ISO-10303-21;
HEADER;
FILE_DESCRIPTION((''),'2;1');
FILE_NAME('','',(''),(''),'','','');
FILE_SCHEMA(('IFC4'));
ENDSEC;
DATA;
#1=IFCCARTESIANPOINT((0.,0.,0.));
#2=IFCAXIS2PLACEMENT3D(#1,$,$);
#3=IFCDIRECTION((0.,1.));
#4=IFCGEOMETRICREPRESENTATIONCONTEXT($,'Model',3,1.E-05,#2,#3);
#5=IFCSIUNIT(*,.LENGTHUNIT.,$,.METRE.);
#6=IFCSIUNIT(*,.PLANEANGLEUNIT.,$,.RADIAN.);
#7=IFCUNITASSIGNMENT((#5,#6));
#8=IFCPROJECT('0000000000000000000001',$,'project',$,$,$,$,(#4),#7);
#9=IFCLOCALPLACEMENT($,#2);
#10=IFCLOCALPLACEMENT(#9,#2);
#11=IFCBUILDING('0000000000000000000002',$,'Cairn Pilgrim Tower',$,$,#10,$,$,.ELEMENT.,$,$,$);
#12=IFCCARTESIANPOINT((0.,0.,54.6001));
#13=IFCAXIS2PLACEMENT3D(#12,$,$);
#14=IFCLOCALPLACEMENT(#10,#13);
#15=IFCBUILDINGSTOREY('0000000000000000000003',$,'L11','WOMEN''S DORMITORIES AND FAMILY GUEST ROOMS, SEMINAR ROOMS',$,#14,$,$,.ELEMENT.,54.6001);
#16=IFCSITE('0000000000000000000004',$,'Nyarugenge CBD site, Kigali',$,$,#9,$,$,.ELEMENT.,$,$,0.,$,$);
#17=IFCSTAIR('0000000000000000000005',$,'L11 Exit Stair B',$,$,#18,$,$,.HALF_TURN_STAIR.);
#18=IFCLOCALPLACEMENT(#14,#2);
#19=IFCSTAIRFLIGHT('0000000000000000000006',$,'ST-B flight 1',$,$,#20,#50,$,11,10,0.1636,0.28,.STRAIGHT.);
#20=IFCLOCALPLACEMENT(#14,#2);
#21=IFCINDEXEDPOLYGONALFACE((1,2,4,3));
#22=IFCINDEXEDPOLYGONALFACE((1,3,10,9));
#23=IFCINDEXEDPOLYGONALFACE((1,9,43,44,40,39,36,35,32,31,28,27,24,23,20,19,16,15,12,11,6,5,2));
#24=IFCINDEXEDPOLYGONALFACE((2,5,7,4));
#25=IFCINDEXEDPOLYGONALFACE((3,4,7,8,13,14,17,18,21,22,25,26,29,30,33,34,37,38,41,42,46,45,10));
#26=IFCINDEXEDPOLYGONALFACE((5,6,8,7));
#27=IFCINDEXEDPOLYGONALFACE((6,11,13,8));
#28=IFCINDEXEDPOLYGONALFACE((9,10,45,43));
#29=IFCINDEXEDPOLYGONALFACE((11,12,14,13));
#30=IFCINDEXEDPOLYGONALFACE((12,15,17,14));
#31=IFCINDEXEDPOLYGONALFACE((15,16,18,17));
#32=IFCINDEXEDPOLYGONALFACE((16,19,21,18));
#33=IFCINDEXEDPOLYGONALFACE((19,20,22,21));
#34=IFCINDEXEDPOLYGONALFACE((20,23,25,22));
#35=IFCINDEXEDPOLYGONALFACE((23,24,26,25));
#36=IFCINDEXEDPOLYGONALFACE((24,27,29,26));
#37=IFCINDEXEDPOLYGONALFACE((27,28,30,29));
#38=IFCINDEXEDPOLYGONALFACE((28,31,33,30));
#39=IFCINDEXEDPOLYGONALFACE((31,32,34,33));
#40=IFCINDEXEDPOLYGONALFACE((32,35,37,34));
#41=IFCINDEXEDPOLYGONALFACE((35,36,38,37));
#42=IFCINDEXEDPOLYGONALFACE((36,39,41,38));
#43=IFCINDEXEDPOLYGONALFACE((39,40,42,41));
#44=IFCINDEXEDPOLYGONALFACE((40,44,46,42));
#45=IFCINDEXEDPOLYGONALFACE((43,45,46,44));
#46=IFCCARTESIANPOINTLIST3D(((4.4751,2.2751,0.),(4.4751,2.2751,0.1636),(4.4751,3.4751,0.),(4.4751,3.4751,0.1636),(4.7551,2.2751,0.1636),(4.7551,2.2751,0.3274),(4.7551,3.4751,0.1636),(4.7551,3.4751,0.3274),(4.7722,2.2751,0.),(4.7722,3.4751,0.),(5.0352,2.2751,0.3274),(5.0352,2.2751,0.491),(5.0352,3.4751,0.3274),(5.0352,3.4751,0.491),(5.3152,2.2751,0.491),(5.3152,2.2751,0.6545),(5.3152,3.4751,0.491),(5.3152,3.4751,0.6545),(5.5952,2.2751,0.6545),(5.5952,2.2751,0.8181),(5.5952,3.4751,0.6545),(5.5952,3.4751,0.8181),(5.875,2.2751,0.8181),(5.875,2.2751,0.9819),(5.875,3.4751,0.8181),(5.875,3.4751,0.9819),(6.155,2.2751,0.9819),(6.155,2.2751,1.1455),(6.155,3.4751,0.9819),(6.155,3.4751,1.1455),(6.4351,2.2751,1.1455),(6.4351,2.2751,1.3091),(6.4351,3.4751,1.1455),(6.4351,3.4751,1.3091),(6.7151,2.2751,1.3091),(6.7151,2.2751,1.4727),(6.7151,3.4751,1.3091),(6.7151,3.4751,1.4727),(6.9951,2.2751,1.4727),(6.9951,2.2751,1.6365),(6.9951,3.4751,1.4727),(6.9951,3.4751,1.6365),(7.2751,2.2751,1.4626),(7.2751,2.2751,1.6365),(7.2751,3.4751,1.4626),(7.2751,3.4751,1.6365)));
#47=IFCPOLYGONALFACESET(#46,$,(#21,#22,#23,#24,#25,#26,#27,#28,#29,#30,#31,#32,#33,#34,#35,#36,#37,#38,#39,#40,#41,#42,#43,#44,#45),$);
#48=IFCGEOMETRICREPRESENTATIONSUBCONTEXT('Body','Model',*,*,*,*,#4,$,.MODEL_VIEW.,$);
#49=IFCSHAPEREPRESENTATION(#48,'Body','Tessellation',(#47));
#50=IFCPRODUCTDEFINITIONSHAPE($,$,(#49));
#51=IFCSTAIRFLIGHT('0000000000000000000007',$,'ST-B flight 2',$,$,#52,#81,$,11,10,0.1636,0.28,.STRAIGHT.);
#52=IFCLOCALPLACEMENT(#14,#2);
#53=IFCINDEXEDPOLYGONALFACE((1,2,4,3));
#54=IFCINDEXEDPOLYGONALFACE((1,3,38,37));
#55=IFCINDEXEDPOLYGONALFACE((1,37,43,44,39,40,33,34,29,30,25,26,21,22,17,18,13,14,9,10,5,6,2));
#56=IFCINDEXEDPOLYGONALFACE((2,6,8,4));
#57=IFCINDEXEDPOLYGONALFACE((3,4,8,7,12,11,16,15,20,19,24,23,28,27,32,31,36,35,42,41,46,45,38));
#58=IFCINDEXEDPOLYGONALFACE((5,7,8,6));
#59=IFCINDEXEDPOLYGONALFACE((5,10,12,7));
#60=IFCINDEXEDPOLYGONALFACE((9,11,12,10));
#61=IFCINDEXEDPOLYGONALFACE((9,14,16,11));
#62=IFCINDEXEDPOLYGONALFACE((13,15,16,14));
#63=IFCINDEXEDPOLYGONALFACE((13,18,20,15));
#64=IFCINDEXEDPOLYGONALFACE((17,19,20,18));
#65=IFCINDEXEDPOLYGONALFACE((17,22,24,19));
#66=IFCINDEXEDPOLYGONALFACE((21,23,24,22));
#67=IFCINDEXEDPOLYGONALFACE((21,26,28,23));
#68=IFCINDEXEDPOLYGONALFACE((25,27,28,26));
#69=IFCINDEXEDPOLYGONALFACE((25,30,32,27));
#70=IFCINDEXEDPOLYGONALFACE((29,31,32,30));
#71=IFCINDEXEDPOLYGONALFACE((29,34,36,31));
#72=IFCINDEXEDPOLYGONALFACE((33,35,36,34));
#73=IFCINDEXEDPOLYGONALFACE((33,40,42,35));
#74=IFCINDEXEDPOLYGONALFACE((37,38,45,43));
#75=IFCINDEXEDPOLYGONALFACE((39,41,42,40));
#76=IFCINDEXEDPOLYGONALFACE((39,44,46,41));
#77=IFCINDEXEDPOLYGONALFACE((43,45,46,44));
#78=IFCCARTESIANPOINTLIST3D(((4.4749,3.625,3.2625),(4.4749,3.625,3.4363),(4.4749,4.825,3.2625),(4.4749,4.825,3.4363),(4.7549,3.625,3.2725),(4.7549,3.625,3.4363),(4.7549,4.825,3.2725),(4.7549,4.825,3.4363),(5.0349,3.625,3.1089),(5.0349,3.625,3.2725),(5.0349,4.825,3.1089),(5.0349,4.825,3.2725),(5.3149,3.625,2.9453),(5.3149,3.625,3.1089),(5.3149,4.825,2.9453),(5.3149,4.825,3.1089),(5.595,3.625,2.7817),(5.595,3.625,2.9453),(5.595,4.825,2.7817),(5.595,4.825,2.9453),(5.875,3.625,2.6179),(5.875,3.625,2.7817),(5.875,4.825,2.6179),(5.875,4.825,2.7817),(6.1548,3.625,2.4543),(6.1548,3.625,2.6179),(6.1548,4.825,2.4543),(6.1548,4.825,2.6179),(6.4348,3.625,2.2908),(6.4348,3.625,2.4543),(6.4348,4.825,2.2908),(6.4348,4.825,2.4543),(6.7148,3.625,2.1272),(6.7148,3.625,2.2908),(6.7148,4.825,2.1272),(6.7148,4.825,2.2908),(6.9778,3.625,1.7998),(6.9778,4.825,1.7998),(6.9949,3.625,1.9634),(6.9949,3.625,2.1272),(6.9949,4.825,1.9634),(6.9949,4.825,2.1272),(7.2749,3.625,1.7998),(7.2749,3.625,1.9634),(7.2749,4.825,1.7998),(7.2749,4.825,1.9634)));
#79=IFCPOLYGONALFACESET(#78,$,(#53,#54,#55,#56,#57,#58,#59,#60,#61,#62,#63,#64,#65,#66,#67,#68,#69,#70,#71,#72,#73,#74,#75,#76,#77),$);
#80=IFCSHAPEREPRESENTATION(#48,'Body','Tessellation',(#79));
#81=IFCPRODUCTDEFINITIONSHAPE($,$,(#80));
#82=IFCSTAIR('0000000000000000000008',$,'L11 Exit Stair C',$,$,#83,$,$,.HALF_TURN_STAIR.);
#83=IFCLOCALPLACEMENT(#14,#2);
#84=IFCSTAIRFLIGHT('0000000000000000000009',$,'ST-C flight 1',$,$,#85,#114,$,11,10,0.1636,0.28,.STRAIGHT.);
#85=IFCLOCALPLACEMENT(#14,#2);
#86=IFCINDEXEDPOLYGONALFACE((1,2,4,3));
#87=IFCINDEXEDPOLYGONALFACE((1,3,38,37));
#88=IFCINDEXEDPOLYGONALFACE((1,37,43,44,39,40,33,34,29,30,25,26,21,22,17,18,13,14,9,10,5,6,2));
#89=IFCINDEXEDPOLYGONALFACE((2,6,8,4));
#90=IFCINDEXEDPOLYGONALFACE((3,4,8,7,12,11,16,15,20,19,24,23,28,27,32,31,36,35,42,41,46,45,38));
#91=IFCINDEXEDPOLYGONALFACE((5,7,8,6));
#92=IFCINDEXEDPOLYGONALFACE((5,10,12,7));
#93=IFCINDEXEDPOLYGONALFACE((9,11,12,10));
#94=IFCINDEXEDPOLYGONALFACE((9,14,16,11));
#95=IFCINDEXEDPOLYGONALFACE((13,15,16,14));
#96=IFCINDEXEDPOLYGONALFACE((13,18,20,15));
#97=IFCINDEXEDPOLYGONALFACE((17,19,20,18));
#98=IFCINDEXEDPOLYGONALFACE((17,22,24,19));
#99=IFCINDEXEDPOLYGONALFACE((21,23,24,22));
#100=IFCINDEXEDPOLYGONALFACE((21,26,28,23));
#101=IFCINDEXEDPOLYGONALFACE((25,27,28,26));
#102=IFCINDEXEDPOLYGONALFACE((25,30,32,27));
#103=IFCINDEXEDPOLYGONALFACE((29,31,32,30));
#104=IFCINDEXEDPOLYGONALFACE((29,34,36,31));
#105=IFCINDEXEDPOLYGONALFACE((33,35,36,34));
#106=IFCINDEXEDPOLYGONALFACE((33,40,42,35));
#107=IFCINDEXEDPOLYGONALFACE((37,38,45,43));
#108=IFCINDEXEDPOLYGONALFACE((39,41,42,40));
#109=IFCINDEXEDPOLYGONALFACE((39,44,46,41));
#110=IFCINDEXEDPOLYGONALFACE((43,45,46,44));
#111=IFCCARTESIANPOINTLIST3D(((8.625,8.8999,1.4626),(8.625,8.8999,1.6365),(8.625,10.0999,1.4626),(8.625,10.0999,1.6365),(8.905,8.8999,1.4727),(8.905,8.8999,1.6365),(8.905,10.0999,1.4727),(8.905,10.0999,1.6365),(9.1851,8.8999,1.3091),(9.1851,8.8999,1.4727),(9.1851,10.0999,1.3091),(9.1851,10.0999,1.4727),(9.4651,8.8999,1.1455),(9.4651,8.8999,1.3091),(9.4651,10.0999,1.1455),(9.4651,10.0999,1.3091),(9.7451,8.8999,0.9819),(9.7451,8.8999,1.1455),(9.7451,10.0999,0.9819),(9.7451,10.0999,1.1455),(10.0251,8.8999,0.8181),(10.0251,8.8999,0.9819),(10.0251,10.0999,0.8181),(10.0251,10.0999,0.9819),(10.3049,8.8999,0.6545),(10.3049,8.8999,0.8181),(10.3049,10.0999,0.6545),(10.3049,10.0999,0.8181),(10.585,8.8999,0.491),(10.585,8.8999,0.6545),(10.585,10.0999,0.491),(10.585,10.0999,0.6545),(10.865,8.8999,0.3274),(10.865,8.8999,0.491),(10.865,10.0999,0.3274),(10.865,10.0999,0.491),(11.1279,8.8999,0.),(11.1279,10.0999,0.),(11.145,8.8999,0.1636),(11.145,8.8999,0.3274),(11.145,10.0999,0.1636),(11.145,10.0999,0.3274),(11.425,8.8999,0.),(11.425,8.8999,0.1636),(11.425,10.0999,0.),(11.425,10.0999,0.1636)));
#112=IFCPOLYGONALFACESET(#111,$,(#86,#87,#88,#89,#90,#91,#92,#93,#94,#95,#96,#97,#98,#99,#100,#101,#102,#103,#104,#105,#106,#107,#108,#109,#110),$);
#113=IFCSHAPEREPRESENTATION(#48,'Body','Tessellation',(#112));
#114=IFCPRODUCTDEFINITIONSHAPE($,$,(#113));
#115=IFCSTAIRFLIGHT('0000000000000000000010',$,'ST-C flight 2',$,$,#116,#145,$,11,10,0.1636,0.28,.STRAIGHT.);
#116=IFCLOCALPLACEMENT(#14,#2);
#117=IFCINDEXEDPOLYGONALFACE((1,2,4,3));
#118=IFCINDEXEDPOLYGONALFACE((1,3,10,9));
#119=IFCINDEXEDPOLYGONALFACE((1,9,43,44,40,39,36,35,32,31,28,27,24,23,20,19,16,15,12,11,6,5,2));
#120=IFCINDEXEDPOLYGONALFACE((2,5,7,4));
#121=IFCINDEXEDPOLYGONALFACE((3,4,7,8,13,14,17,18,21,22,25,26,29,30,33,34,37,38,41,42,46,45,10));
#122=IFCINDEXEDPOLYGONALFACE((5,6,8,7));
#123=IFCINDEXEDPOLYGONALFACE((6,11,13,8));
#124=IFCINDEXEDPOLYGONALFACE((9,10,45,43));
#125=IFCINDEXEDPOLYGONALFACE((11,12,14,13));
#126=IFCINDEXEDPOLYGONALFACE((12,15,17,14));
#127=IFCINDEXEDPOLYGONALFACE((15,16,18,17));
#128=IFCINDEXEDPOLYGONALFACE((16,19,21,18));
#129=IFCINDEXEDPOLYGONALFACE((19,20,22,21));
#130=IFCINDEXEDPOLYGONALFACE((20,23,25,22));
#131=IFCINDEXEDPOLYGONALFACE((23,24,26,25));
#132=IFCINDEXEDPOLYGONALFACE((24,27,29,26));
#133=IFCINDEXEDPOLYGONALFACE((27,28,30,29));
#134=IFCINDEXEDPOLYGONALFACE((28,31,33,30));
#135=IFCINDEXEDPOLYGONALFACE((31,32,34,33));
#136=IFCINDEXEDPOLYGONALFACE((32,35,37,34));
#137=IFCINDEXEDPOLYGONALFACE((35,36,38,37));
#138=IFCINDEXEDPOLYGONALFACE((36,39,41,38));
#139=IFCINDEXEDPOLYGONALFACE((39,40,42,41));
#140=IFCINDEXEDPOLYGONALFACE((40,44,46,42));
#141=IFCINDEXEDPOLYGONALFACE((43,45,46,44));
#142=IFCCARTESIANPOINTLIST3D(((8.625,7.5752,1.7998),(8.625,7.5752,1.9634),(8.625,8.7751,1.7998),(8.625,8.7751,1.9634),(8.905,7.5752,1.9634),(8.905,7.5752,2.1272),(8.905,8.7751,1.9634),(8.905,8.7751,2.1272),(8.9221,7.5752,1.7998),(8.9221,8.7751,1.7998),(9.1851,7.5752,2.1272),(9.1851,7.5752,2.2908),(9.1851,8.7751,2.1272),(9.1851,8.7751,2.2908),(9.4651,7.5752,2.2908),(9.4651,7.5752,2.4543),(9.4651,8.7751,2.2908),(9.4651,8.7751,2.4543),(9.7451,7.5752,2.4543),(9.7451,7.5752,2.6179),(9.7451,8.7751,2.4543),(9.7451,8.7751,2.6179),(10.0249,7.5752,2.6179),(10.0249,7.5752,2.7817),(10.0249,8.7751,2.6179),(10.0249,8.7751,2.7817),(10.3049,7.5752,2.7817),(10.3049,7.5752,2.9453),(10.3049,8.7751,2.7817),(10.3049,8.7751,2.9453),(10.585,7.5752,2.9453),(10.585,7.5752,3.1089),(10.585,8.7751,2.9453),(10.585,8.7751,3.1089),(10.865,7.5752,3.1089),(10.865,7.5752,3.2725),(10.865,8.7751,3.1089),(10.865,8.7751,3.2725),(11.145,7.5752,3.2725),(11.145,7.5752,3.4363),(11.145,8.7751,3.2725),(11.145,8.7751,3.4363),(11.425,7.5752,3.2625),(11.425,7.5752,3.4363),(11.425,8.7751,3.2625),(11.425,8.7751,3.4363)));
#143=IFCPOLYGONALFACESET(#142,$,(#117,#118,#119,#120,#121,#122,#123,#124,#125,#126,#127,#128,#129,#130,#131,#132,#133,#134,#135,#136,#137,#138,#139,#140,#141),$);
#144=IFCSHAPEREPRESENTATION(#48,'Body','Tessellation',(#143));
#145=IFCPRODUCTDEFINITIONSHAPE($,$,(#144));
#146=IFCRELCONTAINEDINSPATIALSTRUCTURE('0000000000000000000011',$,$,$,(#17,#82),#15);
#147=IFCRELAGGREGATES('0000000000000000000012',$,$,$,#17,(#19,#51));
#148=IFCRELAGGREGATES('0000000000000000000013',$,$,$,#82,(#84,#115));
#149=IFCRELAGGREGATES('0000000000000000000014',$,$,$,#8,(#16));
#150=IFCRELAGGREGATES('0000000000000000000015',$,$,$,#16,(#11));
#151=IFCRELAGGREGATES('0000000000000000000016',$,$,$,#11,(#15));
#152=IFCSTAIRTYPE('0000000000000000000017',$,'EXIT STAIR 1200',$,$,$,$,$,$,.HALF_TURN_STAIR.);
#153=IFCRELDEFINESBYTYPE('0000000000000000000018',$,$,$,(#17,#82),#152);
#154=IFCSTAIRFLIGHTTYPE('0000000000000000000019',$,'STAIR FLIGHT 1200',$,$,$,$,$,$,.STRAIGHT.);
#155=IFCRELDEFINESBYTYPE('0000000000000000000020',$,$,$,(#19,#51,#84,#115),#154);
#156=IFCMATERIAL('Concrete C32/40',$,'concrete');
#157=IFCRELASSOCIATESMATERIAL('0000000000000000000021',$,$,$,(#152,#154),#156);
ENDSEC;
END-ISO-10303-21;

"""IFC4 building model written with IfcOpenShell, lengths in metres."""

from ifc_helpers import new_model, si_unit, direction, frame, origin, place, context, subcontext, project, spatial, polyline, outline, extrude, material, type_object, element, aggregate, save


model = new_model("IFC4")

# Units and contexts
model_context = context("Model", 3, precision=1e-05, world=origin(), true_north=direction((0.0, 1.0)))
body_context = subcontext(model_context, "Body", "Model", "MODEL_VIEW")
ifc_project = project(units=[si_unit("LENGTHUNIT", "METRE"), si_unit("PLANEANGLEUNIT", "RADIAN")], contexts=[model_context])

# Site, building, storey
site_placement = place(None, origin())
site = spatial("IfcSite", under=ifc_project, at=site_placement, Name="Nyarugenge CBD site, Kigali", CompositionType="ELEMENT", RefElevation=0.0)
building_placement = place(site_placement, origin())
building = spatial("IfcBuilding", under=site, at=building_placement, Name="Cairn Pilgrim Tower", CompositionType="ELEMENT")
storey_placement = place(building_placement, frame((0.0, 0.0, 54.6001)))
storey = spatial("IfcBuildingStorey", under=building, at=storey_placement, Name="L11", Description="WOMEN'S DORMITORIES AND FAMILY GUEST ROOMS, SEMINAR ROOMS", CompositionType="ELEMENT", Elevation=54.6001)

# Shared definitions
ifc_material_1 = material(Name="Concrete C32/40", Category="concrete")

# Stairs, stair flights
stair_type = type_object("IfcStairType", Name="EXIT STAIR 1200", PredefinedType="HALF_TURN_STAIR", material=ifc_material_1)
stair_1_placement = place(storey_placement, origin())
stair_1 = element("IfcStair", 1, at=stair_1_placement, inside=storey, type_object=stair_type, Name="L11 Exit Stair B", PredefinedType="HALF_TURN_STAIR")
stair_flight_type = type_object("IfcStairFlightType", Name="STAIR FLIGHT 1200", PredefinedType="STRAIGHT", material=ifc_material_1)
stair_flight_1_placement = place(storey_placement, frame((4.4751, 2.875, 0.0), z_axis=(0.0, 0.0, 1.0), x_axis=(1.0, 0.0, 0.0)))
stair_flight_1 = element("IfcStairFlight", 2, at=stair_flight_1_placement, type_object=stair_flight_type, Name="ST-B flight 1", NumberOfRisers=11, NumberOfTreads=10, PredefinedType="STRAIGHT", RiserHeight=0.1636, TreadLength=0.28, context=body_context, shape_type="SweptSolid", body=[
    extrude(outline(polyline([(0.0, 0.0), (0.0, 0.1636), (0.28, 0.1636), (0.28, 0.3274), (0.5601, 0.3274), (0.5601, 0.491), (0.8401, 0.491), (0.8401, 0.6545), (1.1201, 0.6545), (1.1201, 0.8181), (1.3999, 0.8181), (1.3999, 0.9819), (1.6799, 0.9819), (1.6799, 1.1455), (1.96, 1.1455), (1.96, 1.3091), (2.24, 1.3091), (2.24, 1.4727), (2.52, 1.4727), (2.52, 1.6365), (2.8, 1.6365), (2.8, 1.8), (2.8, 1.4626), (0.2971, 0.0), (0.0, 0.0)])), frame((0.0, 0.6001, 0.0), z_axis=(0.0, -1.0, 0.0), x_axis=(1.0, 0.0, 0.0)), (0.0, 0.0, 1.0), 1.2),
])
stair_flight_2_placement = place(storey_placement, frame((7.2749, 4.2251, 1.7998), z_axis=(0.0, 0.0, 1.0), x_axis=(-1.0, 0.0, 0.0)))
stair_flight_2 = element("IfcStairFlight", 3, at=stair_flight_2_placement, type_object=stair_flight_type, Name="ST-B flight 2", NumberOfRisers=11, NumberOfTreads=10, PredefinedType="STRAIGHT", RiserHeight=0.1636, TreadLength=0.28, context=body_context, shape_type="SweptSolid", body=[
    extrude(outline(polyline([(0.0, 0.0), (0.0, 0.1636), (0.28, 0.1636), (0.28, 0.3274), (0.5601, 0.3274), (0.5601, 0.491), (0.8401, 0.491), (0.8401, 0.6545), (1.1201, 0.6545), (1.1201, 0.8181), (1.3999, 0.8181), (1.3999, 0.9819), (1.6799, 0.9819), (1.6799, 1.1455), (1.96, 1.1455), (1.96, 1.3091), (2.24, 1.3091), (2.24, 1.4727), (2.52, 1.4727), (2.52, 1.6365), (2.8, 1.6365), (2.8, 1.8), (2.8, 1.4626), (0.2971, 0.0), (0.0, 0.0)])), frame((0.0, 0.6001, 0.0), z_axis=(0.0, -1.0, 0.0), x_axis=(1.0, 0.0, 0.0)), (0.0, 0.0, 1.0), 1.2),
])
aggregate(stair_1, [stair_flight_1, stair_flight_2])
stair_2_placement = place(storey_placement, origin())
stair_2 = element("IfcStair", 4, at=stair_2_placement, inside=storey, type_object=stair_type, Name="L11 Exit Stair C", PredefinedType="HALF_TURN_STAIR")
stair_flight_3_placement = place(storey_placement, frame((11.425, 9.5, 0.0), z_axis=(0.0, 0.0, 1.0), x_axis=(-1.0, 0.0, 0.0)))
stair_flight_3 = element("IfcStairFlight", 5, at=stair_flight_3_placement, type_object=stair_flight_type, Name="ST-C flight 1", NumberOfRisers=11, NumberOfTreads=10, PredefinedType="STRAIGHT", RiserHeight=0.1636, TreadLength=0.28, context=body_context, shape_type="SweptSolid", body=[
    extrude(outline(polyline([(0.0, 0.0), (0.0, 0.1636), (0.28, 0.1636), (0.28, 0.3274), (0.5601, 0.3274), (0.5601, 0.491), (0.8401, 0.491), (0.8401, 0.6545), (1.1201, 0.6545), (1.1201, 0.8181), (1.3999, 0.8181), (1.3999, 0.9819), (1.6799, 0.9819), (1.6799, 1.1455), (1.96, 1.1455), (1.96, 1.3091), (2.24, 1.3091), (2.24, 1.4727), (2.52, 1.4727), (2.52, 1.6365), (2.8, 1.6365), (2.8, 1.8), (2.8, 1.4626), (0.2971, 0.0), (0.0, 0.0)])), frame((0.0, 0.6001, 0.0), z_axis=(0.0, -1.0, 0.0), x_axis=(1.0, 0.0, 0.0)), (0.0, 0.0, 1.0), 1.2),
])
stair_flight_4_placement = place(storey_placement, frame((8.625, 8.175, 1.7998), z_axis=(0.0, 0.0, 1.0), x_axis=(1.0, 0.0, 0.0)))
stair_flight_4 = element("IfcStairFlight", 6, at=stair_flight_4_placement, type_object=stair_flight_type, Name="ST-C flight 2", NumberOfRisers=11, NumberOfTreads=10, PredefinedType="STRAIGHT", RiserHeight=0.1636, TreadLength=0.28, context=body_context, shape_type="SweptSolid", body=[
    extrude(outline(polyline([(0.0, 0.0), (0.0, 0.1636), (0.28, 0.1636), (0.28, 0.3274), (0.5601, 0.3274), (0.5601, 0.491), (0.8401, 0.491), (0.8401, 0.6545), (1.1201, 0.6545), (1.1201, 0.8181), (1.3999, 0.8181), (1.3999, 0.9819), (1.6799, 0.9819), (1.6799, 1.1455), (1.96, 1.1455), (1.96, 1.3091), (2.24, 1.3091), (2.24, 1.4727), (2.52, 1.4727), (2.52, 1.6365), (2.8, 1.6365), (2.8, 1.8), (2.8, 1.4626), (0.2971, 0.0), (0.0, 0.0)])), frame((0.0, 0.6001, 0.0), z_axis=(0.0, -1.0, 0.0), x_axis=(1.0, 0.0, 0.0)), (0.0, 0.0, 1.0), 1.2),
])
aggregate(stair_2, [stair_flight_3, stair_flight_4])

save(model, "model.ifc")
